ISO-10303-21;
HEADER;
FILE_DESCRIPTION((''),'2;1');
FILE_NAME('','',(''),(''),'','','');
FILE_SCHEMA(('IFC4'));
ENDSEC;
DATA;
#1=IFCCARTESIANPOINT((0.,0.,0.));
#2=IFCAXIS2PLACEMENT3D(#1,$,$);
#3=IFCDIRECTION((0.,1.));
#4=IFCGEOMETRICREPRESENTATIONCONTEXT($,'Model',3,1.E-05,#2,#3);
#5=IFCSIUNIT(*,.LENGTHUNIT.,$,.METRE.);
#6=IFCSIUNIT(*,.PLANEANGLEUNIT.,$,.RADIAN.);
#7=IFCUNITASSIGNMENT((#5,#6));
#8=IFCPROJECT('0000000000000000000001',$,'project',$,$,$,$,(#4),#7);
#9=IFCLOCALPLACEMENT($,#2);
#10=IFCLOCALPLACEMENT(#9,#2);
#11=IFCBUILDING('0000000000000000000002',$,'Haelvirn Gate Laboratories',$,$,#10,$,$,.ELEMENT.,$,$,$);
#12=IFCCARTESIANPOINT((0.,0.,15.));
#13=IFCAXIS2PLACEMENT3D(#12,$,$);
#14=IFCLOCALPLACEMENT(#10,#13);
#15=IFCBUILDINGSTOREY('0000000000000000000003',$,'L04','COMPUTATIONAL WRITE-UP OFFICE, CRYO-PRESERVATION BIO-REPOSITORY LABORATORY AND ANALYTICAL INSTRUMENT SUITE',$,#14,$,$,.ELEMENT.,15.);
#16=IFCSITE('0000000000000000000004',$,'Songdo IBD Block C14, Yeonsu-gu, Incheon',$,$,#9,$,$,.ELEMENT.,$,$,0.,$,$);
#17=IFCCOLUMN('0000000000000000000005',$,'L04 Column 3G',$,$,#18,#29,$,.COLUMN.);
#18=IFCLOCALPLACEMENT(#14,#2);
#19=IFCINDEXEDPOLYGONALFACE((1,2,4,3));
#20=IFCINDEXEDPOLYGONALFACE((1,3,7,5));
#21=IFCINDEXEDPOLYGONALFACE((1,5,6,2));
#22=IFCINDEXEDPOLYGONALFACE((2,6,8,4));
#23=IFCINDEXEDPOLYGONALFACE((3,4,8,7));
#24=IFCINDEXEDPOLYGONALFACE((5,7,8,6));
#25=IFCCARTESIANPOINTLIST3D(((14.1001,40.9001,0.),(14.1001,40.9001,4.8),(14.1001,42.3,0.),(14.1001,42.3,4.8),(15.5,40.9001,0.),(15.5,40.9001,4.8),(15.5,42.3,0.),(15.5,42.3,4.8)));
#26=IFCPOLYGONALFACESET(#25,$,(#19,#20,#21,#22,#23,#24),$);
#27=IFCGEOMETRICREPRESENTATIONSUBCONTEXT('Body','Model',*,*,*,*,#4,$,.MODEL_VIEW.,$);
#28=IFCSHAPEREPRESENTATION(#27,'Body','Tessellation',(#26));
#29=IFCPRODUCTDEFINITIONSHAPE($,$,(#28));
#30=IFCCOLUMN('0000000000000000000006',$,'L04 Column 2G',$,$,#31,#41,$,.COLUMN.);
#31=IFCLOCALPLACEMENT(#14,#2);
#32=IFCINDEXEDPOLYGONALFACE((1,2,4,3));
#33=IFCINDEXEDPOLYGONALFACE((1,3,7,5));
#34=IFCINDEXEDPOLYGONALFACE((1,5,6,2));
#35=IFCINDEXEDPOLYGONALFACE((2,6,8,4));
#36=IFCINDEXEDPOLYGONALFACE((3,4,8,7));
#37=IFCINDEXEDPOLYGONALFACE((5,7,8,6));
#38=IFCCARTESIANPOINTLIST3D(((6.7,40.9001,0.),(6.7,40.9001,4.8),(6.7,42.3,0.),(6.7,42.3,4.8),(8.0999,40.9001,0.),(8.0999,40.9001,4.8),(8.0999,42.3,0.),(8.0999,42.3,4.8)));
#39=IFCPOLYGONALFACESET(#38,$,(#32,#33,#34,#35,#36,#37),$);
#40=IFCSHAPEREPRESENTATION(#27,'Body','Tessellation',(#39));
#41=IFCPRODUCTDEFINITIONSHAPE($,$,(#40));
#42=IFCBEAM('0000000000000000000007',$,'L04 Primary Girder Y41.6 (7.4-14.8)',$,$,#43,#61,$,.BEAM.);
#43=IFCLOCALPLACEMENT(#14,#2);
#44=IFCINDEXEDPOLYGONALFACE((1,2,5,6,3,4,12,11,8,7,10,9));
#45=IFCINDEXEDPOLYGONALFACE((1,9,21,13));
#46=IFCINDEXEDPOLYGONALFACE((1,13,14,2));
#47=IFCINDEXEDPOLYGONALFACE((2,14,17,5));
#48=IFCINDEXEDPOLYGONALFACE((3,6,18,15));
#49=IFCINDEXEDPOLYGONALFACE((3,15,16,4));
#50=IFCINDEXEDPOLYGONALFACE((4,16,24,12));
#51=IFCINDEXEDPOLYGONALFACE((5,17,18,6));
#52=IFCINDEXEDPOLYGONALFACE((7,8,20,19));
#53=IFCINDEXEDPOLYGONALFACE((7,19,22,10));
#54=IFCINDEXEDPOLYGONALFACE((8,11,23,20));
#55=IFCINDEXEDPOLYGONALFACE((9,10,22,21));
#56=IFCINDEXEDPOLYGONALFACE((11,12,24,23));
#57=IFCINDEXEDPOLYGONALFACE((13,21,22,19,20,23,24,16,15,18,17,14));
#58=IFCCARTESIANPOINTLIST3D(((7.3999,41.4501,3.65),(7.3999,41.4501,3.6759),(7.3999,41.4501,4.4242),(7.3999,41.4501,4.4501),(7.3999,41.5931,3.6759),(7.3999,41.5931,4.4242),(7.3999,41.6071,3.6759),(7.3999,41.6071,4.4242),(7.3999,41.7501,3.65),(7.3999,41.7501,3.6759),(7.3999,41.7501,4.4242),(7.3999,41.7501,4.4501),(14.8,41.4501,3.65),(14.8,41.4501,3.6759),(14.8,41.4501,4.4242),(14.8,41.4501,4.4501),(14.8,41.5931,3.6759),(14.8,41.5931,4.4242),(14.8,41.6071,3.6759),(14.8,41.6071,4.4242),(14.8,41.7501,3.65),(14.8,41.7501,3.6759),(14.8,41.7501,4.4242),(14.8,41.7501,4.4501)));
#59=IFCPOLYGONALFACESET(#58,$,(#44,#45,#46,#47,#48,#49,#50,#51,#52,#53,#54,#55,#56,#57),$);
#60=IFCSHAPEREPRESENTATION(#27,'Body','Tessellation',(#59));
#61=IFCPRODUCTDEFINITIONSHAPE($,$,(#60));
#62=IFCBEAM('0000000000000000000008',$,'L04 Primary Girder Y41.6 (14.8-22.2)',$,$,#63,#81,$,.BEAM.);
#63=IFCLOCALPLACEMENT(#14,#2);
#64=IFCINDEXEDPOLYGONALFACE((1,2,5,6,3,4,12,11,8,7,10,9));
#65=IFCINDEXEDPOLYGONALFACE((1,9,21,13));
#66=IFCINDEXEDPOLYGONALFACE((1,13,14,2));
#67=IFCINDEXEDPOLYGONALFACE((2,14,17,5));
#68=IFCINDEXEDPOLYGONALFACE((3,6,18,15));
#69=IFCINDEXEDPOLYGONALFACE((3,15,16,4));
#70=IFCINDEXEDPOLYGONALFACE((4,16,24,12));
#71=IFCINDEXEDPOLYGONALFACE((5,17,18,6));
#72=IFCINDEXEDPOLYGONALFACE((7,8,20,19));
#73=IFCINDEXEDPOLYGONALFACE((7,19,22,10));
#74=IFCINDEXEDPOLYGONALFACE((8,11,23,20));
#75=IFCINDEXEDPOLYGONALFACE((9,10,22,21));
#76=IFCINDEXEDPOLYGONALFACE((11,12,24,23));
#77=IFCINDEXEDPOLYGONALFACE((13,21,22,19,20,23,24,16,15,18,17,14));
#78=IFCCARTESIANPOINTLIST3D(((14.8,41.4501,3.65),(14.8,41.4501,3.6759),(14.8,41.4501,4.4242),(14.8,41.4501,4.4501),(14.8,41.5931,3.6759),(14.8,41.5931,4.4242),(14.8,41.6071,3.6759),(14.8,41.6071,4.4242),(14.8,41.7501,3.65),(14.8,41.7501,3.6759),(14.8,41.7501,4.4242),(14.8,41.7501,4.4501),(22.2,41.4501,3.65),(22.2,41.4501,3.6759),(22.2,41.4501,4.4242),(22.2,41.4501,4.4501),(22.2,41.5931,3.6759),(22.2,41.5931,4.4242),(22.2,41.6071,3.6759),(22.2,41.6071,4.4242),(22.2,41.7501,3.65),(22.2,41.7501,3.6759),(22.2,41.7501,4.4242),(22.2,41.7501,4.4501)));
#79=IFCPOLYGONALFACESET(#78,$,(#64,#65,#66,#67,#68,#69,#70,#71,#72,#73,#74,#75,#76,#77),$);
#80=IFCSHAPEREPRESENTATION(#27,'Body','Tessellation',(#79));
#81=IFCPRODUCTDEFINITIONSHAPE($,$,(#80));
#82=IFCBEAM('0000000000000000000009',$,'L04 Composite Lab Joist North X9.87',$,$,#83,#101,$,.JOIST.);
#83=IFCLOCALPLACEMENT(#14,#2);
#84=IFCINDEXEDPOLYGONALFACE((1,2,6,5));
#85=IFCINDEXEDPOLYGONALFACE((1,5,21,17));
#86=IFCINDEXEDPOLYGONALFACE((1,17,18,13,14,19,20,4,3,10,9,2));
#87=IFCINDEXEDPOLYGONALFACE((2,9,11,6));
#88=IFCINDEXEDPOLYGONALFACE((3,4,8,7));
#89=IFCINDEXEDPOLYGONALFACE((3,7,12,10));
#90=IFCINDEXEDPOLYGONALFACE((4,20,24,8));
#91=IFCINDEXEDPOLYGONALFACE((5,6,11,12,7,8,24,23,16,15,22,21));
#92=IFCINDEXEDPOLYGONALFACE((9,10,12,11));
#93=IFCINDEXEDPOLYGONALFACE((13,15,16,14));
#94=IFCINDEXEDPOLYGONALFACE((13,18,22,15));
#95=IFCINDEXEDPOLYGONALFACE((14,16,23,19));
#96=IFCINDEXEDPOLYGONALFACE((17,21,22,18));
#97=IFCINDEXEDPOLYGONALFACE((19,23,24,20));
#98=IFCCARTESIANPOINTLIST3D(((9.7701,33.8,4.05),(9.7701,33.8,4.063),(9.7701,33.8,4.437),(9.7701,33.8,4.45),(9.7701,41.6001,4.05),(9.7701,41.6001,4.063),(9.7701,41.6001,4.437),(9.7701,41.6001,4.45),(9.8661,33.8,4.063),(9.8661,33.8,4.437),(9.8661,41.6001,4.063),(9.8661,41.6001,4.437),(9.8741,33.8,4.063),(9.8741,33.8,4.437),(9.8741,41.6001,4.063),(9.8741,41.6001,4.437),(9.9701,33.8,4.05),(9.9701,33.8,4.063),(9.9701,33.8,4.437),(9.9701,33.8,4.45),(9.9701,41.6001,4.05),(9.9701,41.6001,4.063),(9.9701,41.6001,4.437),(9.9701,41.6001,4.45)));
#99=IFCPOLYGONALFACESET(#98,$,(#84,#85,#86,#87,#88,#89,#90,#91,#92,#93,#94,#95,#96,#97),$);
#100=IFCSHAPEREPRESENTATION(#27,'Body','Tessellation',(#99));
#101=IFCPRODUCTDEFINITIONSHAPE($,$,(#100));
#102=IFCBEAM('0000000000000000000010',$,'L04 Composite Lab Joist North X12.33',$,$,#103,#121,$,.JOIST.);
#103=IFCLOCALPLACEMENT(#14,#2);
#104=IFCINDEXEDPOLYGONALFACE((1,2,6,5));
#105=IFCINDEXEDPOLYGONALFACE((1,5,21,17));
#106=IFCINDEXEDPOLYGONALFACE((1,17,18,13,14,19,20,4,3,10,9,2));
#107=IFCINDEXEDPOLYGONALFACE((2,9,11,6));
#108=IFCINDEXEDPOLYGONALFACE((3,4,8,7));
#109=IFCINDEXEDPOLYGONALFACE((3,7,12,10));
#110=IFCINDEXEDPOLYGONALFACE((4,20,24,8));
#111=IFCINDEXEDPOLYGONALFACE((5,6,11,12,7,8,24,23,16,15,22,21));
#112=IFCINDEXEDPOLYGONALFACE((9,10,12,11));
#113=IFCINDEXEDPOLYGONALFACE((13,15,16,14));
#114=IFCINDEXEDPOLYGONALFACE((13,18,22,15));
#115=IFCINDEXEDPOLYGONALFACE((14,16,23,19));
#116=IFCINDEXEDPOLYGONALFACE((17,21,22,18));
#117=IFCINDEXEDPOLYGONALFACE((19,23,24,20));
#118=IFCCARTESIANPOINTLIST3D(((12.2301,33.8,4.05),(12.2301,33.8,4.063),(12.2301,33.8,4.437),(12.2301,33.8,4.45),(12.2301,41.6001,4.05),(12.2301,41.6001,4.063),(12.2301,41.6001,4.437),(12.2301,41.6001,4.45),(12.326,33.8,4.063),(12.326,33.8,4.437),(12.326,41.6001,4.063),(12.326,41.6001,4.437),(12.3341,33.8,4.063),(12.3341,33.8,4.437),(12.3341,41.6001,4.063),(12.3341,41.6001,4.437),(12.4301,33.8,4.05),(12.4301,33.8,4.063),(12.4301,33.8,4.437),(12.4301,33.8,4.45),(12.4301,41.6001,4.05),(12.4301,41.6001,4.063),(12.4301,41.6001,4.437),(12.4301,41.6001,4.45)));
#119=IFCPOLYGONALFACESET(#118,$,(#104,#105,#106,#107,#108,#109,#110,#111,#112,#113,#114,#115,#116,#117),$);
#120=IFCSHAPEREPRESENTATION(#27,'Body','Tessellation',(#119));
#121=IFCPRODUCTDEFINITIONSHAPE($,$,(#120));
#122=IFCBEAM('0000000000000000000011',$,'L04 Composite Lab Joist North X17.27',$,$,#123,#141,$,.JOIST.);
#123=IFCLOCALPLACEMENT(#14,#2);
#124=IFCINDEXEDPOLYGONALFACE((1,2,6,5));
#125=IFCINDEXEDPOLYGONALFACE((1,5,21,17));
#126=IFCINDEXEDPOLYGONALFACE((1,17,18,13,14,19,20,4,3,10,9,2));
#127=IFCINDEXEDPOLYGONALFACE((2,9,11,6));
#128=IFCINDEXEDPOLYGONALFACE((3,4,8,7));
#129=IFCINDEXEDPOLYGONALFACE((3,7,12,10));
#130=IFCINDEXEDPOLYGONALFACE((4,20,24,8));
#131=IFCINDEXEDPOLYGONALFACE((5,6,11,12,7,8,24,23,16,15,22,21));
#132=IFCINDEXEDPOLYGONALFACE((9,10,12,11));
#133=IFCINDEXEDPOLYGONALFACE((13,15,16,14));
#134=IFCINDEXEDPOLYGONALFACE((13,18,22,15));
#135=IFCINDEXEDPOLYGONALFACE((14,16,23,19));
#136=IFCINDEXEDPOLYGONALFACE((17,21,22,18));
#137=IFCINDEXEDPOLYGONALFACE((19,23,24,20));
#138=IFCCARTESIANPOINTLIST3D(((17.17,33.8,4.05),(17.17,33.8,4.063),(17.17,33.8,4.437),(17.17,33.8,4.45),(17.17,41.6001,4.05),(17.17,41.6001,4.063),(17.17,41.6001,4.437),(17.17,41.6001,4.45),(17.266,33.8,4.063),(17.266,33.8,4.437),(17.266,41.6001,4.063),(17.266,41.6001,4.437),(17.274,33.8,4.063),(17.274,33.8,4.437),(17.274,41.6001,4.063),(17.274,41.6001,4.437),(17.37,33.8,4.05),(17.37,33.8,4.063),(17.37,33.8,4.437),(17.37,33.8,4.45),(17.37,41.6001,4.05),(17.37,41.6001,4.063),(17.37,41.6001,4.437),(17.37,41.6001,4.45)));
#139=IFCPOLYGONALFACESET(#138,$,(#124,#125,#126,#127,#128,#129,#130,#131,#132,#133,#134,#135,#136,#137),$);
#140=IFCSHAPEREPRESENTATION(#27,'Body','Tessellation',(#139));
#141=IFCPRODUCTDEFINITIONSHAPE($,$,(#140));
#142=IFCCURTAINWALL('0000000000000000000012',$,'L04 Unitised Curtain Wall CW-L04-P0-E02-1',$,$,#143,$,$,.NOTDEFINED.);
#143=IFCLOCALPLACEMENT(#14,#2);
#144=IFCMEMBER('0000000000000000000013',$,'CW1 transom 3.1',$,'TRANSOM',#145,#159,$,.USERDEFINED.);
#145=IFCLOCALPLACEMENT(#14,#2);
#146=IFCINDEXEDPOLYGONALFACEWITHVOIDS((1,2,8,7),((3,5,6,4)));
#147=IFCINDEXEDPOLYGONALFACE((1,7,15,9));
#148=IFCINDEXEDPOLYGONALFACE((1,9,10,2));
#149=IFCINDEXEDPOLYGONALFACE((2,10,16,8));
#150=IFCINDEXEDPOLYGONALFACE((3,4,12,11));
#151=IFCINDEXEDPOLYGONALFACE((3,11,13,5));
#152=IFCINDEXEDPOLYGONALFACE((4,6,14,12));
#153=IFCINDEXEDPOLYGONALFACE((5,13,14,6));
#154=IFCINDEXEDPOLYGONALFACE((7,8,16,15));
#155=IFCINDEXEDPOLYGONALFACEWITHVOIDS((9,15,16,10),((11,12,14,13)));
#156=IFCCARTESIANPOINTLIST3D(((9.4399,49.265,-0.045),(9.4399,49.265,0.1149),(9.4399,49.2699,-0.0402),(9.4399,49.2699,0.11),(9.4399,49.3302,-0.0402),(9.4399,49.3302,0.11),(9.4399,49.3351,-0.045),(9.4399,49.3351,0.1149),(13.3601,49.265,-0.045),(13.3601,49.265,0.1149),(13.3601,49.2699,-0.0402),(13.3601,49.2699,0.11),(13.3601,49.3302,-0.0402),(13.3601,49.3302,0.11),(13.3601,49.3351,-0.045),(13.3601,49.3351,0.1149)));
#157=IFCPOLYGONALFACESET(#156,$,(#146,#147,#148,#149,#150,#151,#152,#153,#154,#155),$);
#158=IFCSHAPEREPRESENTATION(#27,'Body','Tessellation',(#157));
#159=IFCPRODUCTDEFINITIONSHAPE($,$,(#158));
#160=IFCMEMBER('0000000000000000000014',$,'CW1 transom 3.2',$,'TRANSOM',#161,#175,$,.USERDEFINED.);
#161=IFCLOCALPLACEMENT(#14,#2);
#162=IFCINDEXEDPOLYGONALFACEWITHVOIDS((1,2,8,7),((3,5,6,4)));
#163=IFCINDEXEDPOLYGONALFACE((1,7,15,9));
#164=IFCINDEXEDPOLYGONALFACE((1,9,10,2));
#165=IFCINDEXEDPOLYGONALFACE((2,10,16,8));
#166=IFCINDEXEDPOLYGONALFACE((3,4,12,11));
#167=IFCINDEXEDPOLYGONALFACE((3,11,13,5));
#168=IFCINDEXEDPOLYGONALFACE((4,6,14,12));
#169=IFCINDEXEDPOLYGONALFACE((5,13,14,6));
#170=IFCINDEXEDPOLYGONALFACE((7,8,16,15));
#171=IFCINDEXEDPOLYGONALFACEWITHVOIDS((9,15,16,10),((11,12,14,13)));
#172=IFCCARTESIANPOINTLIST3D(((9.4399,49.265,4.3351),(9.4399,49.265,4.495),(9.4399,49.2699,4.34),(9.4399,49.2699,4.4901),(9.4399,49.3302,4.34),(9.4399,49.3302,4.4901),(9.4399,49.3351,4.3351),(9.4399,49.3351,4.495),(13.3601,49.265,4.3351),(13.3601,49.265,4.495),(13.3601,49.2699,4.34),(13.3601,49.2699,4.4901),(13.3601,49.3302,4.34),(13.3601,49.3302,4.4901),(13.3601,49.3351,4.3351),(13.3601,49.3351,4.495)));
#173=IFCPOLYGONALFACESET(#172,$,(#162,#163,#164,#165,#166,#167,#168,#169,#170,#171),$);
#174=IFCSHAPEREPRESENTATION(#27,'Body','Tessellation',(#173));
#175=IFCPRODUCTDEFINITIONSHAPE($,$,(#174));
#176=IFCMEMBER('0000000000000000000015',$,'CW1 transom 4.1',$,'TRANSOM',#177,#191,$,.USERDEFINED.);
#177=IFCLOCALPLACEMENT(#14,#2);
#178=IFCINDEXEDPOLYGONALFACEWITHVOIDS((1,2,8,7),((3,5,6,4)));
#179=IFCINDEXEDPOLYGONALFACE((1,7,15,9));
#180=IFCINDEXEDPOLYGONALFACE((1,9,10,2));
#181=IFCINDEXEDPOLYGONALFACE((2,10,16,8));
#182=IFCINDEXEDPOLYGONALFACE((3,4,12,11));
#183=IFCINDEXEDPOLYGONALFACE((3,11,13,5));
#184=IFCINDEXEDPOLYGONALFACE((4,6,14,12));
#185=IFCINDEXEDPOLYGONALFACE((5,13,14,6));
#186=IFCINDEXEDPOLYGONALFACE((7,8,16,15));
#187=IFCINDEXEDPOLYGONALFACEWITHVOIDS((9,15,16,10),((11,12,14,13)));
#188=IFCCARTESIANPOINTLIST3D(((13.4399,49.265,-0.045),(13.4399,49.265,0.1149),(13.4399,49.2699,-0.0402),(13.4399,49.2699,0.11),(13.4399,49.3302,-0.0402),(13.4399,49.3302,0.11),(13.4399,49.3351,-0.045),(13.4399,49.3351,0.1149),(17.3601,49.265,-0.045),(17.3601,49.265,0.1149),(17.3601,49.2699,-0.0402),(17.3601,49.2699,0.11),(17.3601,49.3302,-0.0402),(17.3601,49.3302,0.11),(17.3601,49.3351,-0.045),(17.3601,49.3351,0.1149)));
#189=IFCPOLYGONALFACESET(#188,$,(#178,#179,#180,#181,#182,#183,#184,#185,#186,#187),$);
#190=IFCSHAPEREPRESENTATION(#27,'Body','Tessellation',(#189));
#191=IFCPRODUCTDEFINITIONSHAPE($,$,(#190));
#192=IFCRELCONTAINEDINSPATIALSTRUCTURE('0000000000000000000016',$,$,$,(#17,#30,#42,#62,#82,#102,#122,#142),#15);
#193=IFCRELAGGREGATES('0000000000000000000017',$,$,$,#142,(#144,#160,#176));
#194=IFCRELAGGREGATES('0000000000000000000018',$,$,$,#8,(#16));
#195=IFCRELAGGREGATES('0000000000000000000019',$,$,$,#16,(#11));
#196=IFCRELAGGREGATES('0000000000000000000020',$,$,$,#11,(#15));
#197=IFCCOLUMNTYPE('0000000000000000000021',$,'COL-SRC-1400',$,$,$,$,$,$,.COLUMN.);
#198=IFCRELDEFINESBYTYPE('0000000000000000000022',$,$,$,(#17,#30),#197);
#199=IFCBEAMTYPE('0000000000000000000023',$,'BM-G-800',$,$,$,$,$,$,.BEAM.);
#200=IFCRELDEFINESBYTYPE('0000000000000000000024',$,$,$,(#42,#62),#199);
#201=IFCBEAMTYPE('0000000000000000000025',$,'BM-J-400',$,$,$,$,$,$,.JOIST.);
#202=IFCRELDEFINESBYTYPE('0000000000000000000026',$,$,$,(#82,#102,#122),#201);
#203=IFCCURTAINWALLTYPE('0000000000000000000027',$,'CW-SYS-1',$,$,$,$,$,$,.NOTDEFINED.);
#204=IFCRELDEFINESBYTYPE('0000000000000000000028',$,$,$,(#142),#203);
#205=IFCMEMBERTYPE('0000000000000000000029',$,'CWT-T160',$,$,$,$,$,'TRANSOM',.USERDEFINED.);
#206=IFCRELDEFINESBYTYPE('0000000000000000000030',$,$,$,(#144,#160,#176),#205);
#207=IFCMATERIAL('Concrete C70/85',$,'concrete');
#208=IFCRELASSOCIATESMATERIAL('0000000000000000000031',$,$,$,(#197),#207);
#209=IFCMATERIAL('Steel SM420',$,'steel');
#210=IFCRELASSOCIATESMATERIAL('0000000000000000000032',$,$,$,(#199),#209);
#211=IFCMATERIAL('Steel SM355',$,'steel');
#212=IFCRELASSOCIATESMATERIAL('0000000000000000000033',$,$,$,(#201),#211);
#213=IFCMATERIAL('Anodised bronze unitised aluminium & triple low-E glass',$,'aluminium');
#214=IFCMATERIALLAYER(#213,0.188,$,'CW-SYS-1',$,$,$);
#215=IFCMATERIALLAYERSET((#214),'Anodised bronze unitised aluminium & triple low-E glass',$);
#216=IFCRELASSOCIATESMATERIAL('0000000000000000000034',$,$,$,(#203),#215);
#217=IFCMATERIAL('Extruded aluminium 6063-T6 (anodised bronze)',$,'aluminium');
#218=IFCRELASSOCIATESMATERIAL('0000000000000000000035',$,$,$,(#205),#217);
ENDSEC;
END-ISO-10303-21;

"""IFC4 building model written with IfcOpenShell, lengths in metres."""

from ifc_helpers import new_model, si_unit, direction, frame, origin, origin_2d, place, context, subcontext, project, spatial, rectangle, hollow_rectangle, i_section, extrude, source, transform, mapped, material, layer, layer_set, material_profile, profile_set, type_object, type_shapes, element, aggregate, save


model = new_model("IFC4")

# Units and contexts
model_context = context("Model", 3, precision=1e-05, world=origin(), true_north=direction((0.0, 1.0)))
body_context = subcontext(model_context, "Body", "Model", "MODEL_VIEW")
ifc_project = project(units=[si_unit("LENGTHUNIT", "METRE"), si_unit("PLANEANGLEUNIT", "RADIAN")], contexts=[model_context])

# Site, building, storey
site_placement = place(None, origin())
site = spatial("IfcSite", under=ifc_project, at=site_placement, Name="Songdo IBD Block C14, Yeonsu-gu, Incheon", CompositionType="ELEMENT", RefElevation=0.0)
building_placement = place(site_placement, origin())
building = spatial("IfcBuilding", under=site, at=building_placement, Name="Haelvirn Gate Laboratories", CompositionType="ELEMENT")
storey_placement = place(building_placement, frame((0.0, 0.0, 15.0)))
storey = spatial("IfcBuildingStorey", under=building, at=storey_placement, Name="L04", Description="COMPUTATIONAL WRITE-UP OFFICE, CRYO-PRESERVATION BIO-REPOSITORY LABORATORY AND ANALYTICAL INSTRUMENT SUITE", CompositionType="ELEMENT", Elevation=15.0)

# Columns
ifc_material_1 = material(Name="Concrete C70/85", Category="concrete")
ifc_material_profile_1 = material_profile(ifc_material_1, rectangle(XDim=1.3999, YDim=1.3999, at=origin_2d()), Name="SRC-1400x1400")
ifc_profile_set_1 = profile_set([ifc_material_profile_1], Name="Concrete C70/85")
column_type = type_object("IfcColumnType", Name="COL-SRC-1400", PredefinedType="COLUMN", material=ifc_profile_set_1)
shared_shape_1 = source(origin(), body_context, "Body", "SweptSolid", [
    extrude(rectangle(XDim=1.3999, YDim=1.3999, at=origin_2d()), origin(), (0.0, 0.0, 1.0), 4.8),
])
type_shapes(column_type, [shared_shape_1])
for number, where, z_axis, x_axis, name in (
    (1, (14.8, 41.6001, 0.0), (0.0, 0.0, 1.0), (1.0, 0.0, 0.0), "L04 Column 3G"),
    (2, (7.3999, 41.6001, 0.0), (0.0, 0.0, 1.0), (1.0, 0.0, 0.0), "L04 Column 2G"),
):
    element("IfcColumn", number, at=place(storey_placement, frame(where, z_axis=z_axis, x_axis=x_axis)), inside=storey, type_object=column_type, Name=name, PredefinedType="COLUMN", context=body_context, shape_type="MappedRepresentation", body=[
        mapped(shared_shape_1, transform((0.0, 0.0, 0.0), scale=1.0)),
    ])

# Beams
ifc_material_2 = material(Name="Steel SM420", Category="steel")
ifc_material_profile_2 = material_profile(ifc_material_2, i_section(OverallWidth=0.3, OverallDepth=0.8, WebThickness=0.0139, FlangeThickness=0.0259, at=origin_2d()), Name="H-800x300x14x26")
ifc_profile_set_2 = profile_set([ifc_material_profile_2], Name="Steel SM420")
beam_type_1 = type_object("IfcBeamType", Name="BM-G-800", PredefinedType="BEAM", material=ifc_profile_set_2)
shared_shape_2 = source(origin(), body_context, "Body", "SweptSolid", [
    extrude(i_section(OverallWidth=0.3, OverallDepth=0.8, WebThickness=0.0139, FlangeThickness=0.0259, at=origin_2d()), origin(), (0.0, 0.0, 1.0), 7.4001),
])
beam_1_placement = place(storey_placement, frame((7.3999, 41.6001, 4.05), z_axis=(1.0, 0.0, 0.0), x_axis=(0.0, 1.0, 0.0)))
element("IfcBeam", 3, at=beam_1_placement, inside=storey, type_object=beam_type_1, Name="L04 Primary Girder Y41.6 (7.4-14.8)", PredefinedType="BEAM", context=body_context, shape_type="MappedRepresentation", body=[
    mapped(shared_shape_2, transform((0.0, 0.0, 0.0), scale=1.0)),
])
shared_shape_3 = source(origin(), body_context, "Body", "SweptSolid", [
    extrude(i_section(OverallWidth=0.3, OverallDepth=0.8, WebThickness=0.0139, FlangeThickness=0.0259, at=origin_2d()), origin(), (0.0, 0.0, 1.0), 7.3999),
])
type_shapes(beam_type_1, [shared_shape_2, shared_shape_3])
beam_2_placement = place(storey_placement, frame((14.8, 41.6001, 4.05), z_axis=(1.0, 0.0, 0.0), x_axis=(0.0, 1.0, 0.0)))
element("IfcBeam", 4, at=beam_2_placement, inside=storey, type_object=beam_type_1, Name="L04 Primary Girder Y41.6 (14.8-22.2)", PredefinedType="BEAM", context=body_context, shape_type="MappedRepresentation", body=[
    mapped(shared_shape_3, transform((0.0, 0.0, 0.0), scale=1.0)),
])
ifc_material_3 = material(Name="Steel SM355", Category="steel")
ifc_material_profile_3 = material_profile(ifc_material_3, i_section(OverallWidth=0.2, OverallDepth=0.3999, WebThickness=0.0081, FlangeThickness=0.0129, at=origin_2d()), Name="H-400x200x8x13")
ifc_profile_set_3 = profile_set([ifc_material_profile_3], Name="Steel SM355")
beam_type_2 = type_object("IfcBeamType", Name="BM-J-400", PredefinedType="JOIST", material=ifc_profile_set_3)
shared_shape_4 = source(origin(), body_context, "Body", "SweptSolid", [
    extrude(i_section(OverallWidth=0.2, OverallDepth=0.3999, WebThickness=0.0081, FlangeThickness=0.0129, at=origin_2d()), origin(), (0.0, 0.0, 1.0), 7.8),
])
type_shapes(beam_type_2, [shared_shape_4])
for number, where, z_axis, x_axis, name in (
    (5, (9.8701, 33.8, 4.25), (0.0, 1.0, 0.0), (-1.0, 0.0, 0.0), "L04 Composite Lab Joist North X9.87"),
    (6, (12.3301, 33.8, 4.25), (0.0, 1.0, 0.0), (-1.0, 0.0, 0.0), "L04 Composite Lab Joist North X12.33"),
    (7, (17.27, 33.8, 4.25), (0.0, 1.0, 0.0), (-1.0, 0.0, 0.0), "L04 Composite Lab Joist North X17.27"),
):
    element("IfcBeam", number, at=place(storey_placement, frame(where, z_axis=z_axis, x_axis=x_axis)), inside=storey, type_object=beam_type_2, Name=name, PredefinedType="JOIST", context=body_context, shape_type="MappedRepresentation", body=[
        mapped(shared_shape_4, transform((0.0, 0.0, 0.0), scale=1.0)),
    ])

# Curtain wall, members
ifc_material_4 = material(Name="Anodised bronze unitised aluminium & triple low-E glass", Category="aluminium")
ifc_layer_1 = layer(ifc_material_4, 0.188, Name="CW-SYS-1")
ifc_layer_set_1 = layer_set([ifc_layer_1], Name="Anodised bronze unitised aluminium & triple low-E glass")
curtain_wall_type = type_object("IfcCurtainWallType", Name="CW-SYS-1", PredefinedType="NOTDEFINED", material=ifc_layer_set_1)
curtain_wall_placement = place(storey_placement, origin())
curtain_wall = element("IfcCurtainWall", 8, at=curtain_wall_placement, inside=storey, type_object=curtain_wall_type, Name="L04 Unitised Curtain Wall CW-L04-P0-E02-1", PredefinedType="NOTDEFINED")
ifc_material_5 = material(Name="Extruded aluminium 6063-T6 (anodised bronze)", Category="aluminium")
ifc_material_profile_4 = material_profile(ifc_material_5, hollow_rectangle(XDim=0.0701, YDim=0.1599, WallThickness=0.0049, at=origin_2d()), Name="CWT-160x70x5")
ifc_profile_set_4 = profile_set([ifc_material_profile_4], Name="Extruded aluminium 6063-T6 (anodised bronze)")
member_type_1 = type_object("IfcMemberType", Name="CWT-T160", ElementType="TRANSOM", PredefinedType="USERDEFINED", material=ifc_profile_set_4)
shared_shape_5 = source(origin(), body_context, "Body", "SweptSolid", [
    extrude(hollow_rectangle(XDim=0.0701, YDim=0.1599, WallThickness=0.0049, at=origin_2d()), origin(), (0.0, 0.0, 1.0), 3.9202),
])
type_shapes(member_type_1, [shared_shape_5])
member_1_placement = place(storey_placement, frame((9.4399, 49.3, 0.0349), z_axis=(1.0, 0.0, 0.0), x_axis=(0.0, 1.0, 0.0)))
member_1 = element("IfcMember", 9, at=member_1_placement, type_object=member_type_1, Name="CW1 transom 3.1", ObjectType="TRANSOM", PredefinedType="USERDEFINED", context=body_context, shape_type="MappedRepresentation", body=[
    mapped(shared_shape_5, transform((0.0, 0.0, 0.0), scale=1.0)),
])
member_2_placement = place(storey_placement, frame((9.4399, 49.3, 4.415), z_axis=(1.0, 0.0, 0.0), x_axis=(0.0, 1.0, 0.0)))
member_2 = element("IfcMember", 10, at=member_2_placement, type_object=member_type_1, Name="CW1 transom 3.2", ObjectType="TRANSOM", PredefinedType="USERDEFINED", context=body_context, shape_type="MappedRepresentation", body=[
    mapped(shared_shape_5, transform((0.0, 0.0, 0.0), scale=1.0)),
])
member_3_placement = place(storey_placement, frame((13.4399, 49.3, 0.0349), z_axis=(1.0, 0.0, 0.0), x_axis=(0.0, 1.0, 0.0)))
member_3 = element("IfcMember", 11, at=member_3_placement, type_object=member_type_1, Name="CW1 transom 4.1", ObjectType="TRANSOM", PredefinedType="USERDEFINED", context=body_context, shape_type="MappedRepresentation", body=[
    mapped(shared_shape_5, transform((0.0, 0.0, 0.0), scale=1.0)),
])
aggregate(curtain_wall, [member_1, member_2, member_3])

save(model, "model.ifc")
